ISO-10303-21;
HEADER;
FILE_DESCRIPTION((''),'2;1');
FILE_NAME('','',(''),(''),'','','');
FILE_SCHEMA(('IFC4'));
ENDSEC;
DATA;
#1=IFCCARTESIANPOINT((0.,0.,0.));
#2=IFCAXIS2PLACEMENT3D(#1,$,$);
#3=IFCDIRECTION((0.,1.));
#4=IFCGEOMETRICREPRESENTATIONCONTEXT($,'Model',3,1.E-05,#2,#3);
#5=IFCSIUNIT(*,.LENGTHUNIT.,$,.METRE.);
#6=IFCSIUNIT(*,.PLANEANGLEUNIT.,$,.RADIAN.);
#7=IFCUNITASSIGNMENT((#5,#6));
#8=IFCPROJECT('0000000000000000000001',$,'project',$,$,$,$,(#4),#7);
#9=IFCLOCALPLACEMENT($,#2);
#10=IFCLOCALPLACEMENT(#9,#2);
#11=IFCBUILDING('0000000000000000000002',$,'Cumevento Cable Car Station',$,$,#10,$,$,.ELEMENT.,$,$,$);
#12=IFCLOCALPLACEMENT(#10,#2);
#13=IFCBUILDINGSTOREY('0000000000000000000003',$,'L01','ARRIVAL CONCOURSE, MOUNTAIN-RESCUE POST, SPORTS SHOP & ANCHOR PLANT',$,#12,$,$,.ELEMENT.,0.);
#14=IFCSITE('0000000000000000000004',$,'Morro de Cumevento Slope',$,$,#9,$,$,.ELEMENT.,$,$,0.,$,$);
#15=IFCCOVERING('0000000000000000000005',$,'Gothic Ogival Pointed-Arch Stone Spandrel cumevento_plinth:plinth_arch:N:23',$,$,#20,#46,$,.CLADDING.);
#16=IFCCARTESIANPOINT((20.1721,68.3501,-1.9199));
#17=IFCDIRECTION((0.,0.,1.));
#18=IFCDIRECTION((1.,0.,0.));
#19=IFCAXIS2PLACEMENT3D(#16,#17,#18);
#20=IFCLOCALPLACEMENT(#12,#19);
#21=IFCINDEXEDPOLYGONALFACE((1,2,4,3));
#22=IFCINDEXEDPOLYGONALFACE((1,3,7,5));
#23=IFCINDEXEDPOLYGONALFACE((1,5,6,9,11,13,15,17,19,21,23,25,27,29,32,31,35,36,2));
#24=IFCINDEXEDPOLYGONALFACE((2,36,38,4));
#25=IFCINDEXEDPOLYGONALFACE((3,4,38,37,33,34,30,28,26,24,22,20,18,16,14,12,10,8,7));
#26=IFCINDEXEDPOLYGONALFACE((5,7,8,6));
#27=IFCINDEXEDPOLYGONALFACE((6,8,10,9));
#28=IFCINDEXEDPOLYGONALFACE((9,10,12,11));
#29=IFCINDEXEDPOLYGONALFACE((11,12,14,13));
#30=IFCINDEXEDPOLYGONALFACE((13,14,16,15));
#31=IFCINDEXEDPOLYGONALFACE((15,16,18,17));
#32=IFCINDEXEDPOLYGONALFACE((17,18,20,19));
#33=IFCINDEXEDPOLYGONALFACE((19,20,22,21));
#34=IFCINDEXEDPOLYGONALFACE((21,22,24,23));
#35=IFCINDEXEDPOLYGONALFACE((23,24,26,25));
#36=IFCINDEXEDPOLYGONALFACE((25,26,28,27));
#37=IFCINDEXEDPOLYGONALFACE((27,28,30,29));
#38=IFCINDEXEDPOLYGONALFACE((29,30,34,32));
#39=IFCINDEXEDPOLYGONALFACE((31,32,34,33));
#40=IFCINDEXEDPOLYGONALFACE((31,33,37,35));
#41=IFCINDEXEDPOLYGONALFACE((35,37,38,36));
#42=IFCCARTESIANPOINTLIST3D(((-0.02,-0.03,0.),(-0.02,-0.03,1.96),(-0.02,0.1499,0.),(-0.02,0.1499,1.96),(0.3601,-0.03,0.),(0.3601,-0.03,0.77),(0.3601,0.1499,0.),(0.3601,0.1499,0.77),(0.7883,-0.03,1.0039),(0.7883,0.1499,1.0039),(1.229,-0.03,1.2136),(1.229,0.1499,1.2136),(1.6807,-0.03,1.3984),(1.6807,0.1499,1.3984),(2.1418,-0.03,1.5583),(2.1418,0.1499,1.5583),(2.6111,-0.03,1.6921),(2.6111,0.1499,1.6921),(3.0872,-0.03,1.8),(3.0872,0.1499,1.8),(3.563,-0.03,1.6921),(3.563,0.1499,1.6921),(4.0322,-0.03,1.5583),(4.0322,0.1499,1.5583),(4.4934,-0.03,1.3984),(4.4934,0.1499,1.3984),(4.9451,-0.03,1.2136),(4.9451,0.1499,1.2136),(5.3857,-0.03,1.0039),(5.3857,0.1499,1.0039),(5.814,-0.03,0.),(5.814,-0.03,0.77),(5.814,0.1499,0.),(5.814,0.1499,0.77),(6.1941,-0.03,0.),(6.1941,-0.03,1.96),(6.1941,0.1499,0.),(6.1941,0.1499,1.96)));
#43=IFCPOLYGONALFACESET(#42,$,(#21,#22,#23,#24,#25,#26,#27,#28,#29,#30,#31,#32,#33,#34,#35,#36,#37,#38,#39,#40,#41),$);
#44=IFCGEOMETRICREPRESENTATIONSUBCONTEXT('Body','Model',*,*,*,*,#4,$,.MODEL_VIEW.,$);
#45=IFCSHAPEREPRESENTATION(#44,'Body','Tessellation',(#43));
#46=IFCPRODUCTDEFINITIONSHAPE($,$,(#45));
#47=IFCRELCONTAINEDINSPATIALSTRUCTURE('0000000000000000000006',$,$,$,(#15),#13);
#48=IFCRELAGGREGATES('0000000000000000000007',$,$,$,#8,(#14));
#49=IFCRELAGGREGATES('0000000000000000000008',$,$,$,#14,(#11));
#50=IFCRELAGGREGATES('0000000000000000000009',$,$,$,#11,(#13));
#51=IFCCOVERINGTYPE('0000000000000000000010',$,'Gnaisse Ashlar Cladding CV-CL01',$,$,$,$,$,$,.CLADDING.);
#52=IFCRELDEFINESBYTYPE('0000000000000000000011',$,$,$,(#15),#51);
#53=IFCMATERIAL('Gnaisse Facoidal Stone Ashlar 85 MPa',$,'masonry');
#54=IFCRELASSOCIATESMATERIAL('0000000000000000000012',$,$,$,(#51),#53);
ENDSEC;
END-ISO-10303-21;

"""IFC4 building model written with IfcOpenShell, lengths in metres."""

from ifc_helpers import new_model, si_unit, direction, frame, origin, place, context, subcontext, project, spatial, polyline, outline, extrude, material, type_object, element, save


model = new_model("IFC4")

# Units and contexts
model_context = context("Model", 3, precision=1e-05, world=origin(), true_north=direction((0.0, 1.0)))
body_context = subcontext(model_context, "Body", "Model", "MODEL_VIEW")
ifc_project = project(units=[si_unit("LENGTHUNIT", "METRE"), si_unit("PLANEANGLEUNIT", "RADIAN")], contexts=[model_context])

# Site, building, storey
site_placement = place(None, origin())
site = spatial("IfcSite", under=ifc_project, at=site_placement, Name="Morro de Cumevento Slope", CompositionType="ELEMENT", RefElevation=0.0)
building_placement = place(site_placement, origin())
building = spatial("IfcBuilding", under=site, at=building_placement, Name="Cumevento Cable Car Station", CompositionType="ELEMENT")
storey_placement = place(building_placement, origin())
storey = spatial("IfcBuildingStorey", under=building, at=storey_placement, Name="L01", Description="ARRIVAL CONCOURSE, MOUNTAIN-RESCUE POST, SPORTS SHOP & ANCHOR PLANT", CompositionType="ELEMENT", Elevation=0.0)

# Covering
ifc_material_1 = material(Name="Gnaisse Facoidal Stone Ashlar 85 MPa", Category="masonry")
covering_type = type_object("IfcCoveringType", Name="Gnaisse Ashlar Cladding CV-CL01", PredefinedType="CLADDING", material=ifc_material_1)
covering_1_placement = place(storey_placement, frame((20.1721, 68.3501, -1.9199), z_axis=(0.0, 0.0, 1.0), x_axis=(1.0, 0.0, 0.0)))
element("IfcCovering", 1, at=covering_1_placement, inside=storey, type_object=covering_type, Name="Gothic Ogival Pointed-Arch Stone Spandrel cumevento_plinth:plinth_arch:N:23", PredefinedType="CLADDING", context=body_context, shape_type="SweptSolid", body=[
    extrude(outline(polyline([(-0.02, 0.0), (-0.02, 1.96), (6.1941, 1.96), (6.1941, 0.0), (5.814, 0.0), (5.814, 0.77), (5.3857, 1.0039), (4.9451, 1.2136), (4.4934, 1.3984), (4.0322, 1.5583), (3.563, 1.6921), (3.0872, 1.8), (2.6111, 1.6921), (2.1418, 1.5583), (1.6807, 1.3984), (1.229, 1.2136), (0.7883, 1.0039), (0.3601, 0.77), (0.3601, 0.0), (-0.02, 0.0)])), frame((0.0, 0.1499, 0.0), z_axis=(0.0, -1.0, 0.0), x_axis=(1.0, 0.0, 0.0)), (0.0, 0.0, 1.0), 0.1799),
])

save(model, "model.ifc")
